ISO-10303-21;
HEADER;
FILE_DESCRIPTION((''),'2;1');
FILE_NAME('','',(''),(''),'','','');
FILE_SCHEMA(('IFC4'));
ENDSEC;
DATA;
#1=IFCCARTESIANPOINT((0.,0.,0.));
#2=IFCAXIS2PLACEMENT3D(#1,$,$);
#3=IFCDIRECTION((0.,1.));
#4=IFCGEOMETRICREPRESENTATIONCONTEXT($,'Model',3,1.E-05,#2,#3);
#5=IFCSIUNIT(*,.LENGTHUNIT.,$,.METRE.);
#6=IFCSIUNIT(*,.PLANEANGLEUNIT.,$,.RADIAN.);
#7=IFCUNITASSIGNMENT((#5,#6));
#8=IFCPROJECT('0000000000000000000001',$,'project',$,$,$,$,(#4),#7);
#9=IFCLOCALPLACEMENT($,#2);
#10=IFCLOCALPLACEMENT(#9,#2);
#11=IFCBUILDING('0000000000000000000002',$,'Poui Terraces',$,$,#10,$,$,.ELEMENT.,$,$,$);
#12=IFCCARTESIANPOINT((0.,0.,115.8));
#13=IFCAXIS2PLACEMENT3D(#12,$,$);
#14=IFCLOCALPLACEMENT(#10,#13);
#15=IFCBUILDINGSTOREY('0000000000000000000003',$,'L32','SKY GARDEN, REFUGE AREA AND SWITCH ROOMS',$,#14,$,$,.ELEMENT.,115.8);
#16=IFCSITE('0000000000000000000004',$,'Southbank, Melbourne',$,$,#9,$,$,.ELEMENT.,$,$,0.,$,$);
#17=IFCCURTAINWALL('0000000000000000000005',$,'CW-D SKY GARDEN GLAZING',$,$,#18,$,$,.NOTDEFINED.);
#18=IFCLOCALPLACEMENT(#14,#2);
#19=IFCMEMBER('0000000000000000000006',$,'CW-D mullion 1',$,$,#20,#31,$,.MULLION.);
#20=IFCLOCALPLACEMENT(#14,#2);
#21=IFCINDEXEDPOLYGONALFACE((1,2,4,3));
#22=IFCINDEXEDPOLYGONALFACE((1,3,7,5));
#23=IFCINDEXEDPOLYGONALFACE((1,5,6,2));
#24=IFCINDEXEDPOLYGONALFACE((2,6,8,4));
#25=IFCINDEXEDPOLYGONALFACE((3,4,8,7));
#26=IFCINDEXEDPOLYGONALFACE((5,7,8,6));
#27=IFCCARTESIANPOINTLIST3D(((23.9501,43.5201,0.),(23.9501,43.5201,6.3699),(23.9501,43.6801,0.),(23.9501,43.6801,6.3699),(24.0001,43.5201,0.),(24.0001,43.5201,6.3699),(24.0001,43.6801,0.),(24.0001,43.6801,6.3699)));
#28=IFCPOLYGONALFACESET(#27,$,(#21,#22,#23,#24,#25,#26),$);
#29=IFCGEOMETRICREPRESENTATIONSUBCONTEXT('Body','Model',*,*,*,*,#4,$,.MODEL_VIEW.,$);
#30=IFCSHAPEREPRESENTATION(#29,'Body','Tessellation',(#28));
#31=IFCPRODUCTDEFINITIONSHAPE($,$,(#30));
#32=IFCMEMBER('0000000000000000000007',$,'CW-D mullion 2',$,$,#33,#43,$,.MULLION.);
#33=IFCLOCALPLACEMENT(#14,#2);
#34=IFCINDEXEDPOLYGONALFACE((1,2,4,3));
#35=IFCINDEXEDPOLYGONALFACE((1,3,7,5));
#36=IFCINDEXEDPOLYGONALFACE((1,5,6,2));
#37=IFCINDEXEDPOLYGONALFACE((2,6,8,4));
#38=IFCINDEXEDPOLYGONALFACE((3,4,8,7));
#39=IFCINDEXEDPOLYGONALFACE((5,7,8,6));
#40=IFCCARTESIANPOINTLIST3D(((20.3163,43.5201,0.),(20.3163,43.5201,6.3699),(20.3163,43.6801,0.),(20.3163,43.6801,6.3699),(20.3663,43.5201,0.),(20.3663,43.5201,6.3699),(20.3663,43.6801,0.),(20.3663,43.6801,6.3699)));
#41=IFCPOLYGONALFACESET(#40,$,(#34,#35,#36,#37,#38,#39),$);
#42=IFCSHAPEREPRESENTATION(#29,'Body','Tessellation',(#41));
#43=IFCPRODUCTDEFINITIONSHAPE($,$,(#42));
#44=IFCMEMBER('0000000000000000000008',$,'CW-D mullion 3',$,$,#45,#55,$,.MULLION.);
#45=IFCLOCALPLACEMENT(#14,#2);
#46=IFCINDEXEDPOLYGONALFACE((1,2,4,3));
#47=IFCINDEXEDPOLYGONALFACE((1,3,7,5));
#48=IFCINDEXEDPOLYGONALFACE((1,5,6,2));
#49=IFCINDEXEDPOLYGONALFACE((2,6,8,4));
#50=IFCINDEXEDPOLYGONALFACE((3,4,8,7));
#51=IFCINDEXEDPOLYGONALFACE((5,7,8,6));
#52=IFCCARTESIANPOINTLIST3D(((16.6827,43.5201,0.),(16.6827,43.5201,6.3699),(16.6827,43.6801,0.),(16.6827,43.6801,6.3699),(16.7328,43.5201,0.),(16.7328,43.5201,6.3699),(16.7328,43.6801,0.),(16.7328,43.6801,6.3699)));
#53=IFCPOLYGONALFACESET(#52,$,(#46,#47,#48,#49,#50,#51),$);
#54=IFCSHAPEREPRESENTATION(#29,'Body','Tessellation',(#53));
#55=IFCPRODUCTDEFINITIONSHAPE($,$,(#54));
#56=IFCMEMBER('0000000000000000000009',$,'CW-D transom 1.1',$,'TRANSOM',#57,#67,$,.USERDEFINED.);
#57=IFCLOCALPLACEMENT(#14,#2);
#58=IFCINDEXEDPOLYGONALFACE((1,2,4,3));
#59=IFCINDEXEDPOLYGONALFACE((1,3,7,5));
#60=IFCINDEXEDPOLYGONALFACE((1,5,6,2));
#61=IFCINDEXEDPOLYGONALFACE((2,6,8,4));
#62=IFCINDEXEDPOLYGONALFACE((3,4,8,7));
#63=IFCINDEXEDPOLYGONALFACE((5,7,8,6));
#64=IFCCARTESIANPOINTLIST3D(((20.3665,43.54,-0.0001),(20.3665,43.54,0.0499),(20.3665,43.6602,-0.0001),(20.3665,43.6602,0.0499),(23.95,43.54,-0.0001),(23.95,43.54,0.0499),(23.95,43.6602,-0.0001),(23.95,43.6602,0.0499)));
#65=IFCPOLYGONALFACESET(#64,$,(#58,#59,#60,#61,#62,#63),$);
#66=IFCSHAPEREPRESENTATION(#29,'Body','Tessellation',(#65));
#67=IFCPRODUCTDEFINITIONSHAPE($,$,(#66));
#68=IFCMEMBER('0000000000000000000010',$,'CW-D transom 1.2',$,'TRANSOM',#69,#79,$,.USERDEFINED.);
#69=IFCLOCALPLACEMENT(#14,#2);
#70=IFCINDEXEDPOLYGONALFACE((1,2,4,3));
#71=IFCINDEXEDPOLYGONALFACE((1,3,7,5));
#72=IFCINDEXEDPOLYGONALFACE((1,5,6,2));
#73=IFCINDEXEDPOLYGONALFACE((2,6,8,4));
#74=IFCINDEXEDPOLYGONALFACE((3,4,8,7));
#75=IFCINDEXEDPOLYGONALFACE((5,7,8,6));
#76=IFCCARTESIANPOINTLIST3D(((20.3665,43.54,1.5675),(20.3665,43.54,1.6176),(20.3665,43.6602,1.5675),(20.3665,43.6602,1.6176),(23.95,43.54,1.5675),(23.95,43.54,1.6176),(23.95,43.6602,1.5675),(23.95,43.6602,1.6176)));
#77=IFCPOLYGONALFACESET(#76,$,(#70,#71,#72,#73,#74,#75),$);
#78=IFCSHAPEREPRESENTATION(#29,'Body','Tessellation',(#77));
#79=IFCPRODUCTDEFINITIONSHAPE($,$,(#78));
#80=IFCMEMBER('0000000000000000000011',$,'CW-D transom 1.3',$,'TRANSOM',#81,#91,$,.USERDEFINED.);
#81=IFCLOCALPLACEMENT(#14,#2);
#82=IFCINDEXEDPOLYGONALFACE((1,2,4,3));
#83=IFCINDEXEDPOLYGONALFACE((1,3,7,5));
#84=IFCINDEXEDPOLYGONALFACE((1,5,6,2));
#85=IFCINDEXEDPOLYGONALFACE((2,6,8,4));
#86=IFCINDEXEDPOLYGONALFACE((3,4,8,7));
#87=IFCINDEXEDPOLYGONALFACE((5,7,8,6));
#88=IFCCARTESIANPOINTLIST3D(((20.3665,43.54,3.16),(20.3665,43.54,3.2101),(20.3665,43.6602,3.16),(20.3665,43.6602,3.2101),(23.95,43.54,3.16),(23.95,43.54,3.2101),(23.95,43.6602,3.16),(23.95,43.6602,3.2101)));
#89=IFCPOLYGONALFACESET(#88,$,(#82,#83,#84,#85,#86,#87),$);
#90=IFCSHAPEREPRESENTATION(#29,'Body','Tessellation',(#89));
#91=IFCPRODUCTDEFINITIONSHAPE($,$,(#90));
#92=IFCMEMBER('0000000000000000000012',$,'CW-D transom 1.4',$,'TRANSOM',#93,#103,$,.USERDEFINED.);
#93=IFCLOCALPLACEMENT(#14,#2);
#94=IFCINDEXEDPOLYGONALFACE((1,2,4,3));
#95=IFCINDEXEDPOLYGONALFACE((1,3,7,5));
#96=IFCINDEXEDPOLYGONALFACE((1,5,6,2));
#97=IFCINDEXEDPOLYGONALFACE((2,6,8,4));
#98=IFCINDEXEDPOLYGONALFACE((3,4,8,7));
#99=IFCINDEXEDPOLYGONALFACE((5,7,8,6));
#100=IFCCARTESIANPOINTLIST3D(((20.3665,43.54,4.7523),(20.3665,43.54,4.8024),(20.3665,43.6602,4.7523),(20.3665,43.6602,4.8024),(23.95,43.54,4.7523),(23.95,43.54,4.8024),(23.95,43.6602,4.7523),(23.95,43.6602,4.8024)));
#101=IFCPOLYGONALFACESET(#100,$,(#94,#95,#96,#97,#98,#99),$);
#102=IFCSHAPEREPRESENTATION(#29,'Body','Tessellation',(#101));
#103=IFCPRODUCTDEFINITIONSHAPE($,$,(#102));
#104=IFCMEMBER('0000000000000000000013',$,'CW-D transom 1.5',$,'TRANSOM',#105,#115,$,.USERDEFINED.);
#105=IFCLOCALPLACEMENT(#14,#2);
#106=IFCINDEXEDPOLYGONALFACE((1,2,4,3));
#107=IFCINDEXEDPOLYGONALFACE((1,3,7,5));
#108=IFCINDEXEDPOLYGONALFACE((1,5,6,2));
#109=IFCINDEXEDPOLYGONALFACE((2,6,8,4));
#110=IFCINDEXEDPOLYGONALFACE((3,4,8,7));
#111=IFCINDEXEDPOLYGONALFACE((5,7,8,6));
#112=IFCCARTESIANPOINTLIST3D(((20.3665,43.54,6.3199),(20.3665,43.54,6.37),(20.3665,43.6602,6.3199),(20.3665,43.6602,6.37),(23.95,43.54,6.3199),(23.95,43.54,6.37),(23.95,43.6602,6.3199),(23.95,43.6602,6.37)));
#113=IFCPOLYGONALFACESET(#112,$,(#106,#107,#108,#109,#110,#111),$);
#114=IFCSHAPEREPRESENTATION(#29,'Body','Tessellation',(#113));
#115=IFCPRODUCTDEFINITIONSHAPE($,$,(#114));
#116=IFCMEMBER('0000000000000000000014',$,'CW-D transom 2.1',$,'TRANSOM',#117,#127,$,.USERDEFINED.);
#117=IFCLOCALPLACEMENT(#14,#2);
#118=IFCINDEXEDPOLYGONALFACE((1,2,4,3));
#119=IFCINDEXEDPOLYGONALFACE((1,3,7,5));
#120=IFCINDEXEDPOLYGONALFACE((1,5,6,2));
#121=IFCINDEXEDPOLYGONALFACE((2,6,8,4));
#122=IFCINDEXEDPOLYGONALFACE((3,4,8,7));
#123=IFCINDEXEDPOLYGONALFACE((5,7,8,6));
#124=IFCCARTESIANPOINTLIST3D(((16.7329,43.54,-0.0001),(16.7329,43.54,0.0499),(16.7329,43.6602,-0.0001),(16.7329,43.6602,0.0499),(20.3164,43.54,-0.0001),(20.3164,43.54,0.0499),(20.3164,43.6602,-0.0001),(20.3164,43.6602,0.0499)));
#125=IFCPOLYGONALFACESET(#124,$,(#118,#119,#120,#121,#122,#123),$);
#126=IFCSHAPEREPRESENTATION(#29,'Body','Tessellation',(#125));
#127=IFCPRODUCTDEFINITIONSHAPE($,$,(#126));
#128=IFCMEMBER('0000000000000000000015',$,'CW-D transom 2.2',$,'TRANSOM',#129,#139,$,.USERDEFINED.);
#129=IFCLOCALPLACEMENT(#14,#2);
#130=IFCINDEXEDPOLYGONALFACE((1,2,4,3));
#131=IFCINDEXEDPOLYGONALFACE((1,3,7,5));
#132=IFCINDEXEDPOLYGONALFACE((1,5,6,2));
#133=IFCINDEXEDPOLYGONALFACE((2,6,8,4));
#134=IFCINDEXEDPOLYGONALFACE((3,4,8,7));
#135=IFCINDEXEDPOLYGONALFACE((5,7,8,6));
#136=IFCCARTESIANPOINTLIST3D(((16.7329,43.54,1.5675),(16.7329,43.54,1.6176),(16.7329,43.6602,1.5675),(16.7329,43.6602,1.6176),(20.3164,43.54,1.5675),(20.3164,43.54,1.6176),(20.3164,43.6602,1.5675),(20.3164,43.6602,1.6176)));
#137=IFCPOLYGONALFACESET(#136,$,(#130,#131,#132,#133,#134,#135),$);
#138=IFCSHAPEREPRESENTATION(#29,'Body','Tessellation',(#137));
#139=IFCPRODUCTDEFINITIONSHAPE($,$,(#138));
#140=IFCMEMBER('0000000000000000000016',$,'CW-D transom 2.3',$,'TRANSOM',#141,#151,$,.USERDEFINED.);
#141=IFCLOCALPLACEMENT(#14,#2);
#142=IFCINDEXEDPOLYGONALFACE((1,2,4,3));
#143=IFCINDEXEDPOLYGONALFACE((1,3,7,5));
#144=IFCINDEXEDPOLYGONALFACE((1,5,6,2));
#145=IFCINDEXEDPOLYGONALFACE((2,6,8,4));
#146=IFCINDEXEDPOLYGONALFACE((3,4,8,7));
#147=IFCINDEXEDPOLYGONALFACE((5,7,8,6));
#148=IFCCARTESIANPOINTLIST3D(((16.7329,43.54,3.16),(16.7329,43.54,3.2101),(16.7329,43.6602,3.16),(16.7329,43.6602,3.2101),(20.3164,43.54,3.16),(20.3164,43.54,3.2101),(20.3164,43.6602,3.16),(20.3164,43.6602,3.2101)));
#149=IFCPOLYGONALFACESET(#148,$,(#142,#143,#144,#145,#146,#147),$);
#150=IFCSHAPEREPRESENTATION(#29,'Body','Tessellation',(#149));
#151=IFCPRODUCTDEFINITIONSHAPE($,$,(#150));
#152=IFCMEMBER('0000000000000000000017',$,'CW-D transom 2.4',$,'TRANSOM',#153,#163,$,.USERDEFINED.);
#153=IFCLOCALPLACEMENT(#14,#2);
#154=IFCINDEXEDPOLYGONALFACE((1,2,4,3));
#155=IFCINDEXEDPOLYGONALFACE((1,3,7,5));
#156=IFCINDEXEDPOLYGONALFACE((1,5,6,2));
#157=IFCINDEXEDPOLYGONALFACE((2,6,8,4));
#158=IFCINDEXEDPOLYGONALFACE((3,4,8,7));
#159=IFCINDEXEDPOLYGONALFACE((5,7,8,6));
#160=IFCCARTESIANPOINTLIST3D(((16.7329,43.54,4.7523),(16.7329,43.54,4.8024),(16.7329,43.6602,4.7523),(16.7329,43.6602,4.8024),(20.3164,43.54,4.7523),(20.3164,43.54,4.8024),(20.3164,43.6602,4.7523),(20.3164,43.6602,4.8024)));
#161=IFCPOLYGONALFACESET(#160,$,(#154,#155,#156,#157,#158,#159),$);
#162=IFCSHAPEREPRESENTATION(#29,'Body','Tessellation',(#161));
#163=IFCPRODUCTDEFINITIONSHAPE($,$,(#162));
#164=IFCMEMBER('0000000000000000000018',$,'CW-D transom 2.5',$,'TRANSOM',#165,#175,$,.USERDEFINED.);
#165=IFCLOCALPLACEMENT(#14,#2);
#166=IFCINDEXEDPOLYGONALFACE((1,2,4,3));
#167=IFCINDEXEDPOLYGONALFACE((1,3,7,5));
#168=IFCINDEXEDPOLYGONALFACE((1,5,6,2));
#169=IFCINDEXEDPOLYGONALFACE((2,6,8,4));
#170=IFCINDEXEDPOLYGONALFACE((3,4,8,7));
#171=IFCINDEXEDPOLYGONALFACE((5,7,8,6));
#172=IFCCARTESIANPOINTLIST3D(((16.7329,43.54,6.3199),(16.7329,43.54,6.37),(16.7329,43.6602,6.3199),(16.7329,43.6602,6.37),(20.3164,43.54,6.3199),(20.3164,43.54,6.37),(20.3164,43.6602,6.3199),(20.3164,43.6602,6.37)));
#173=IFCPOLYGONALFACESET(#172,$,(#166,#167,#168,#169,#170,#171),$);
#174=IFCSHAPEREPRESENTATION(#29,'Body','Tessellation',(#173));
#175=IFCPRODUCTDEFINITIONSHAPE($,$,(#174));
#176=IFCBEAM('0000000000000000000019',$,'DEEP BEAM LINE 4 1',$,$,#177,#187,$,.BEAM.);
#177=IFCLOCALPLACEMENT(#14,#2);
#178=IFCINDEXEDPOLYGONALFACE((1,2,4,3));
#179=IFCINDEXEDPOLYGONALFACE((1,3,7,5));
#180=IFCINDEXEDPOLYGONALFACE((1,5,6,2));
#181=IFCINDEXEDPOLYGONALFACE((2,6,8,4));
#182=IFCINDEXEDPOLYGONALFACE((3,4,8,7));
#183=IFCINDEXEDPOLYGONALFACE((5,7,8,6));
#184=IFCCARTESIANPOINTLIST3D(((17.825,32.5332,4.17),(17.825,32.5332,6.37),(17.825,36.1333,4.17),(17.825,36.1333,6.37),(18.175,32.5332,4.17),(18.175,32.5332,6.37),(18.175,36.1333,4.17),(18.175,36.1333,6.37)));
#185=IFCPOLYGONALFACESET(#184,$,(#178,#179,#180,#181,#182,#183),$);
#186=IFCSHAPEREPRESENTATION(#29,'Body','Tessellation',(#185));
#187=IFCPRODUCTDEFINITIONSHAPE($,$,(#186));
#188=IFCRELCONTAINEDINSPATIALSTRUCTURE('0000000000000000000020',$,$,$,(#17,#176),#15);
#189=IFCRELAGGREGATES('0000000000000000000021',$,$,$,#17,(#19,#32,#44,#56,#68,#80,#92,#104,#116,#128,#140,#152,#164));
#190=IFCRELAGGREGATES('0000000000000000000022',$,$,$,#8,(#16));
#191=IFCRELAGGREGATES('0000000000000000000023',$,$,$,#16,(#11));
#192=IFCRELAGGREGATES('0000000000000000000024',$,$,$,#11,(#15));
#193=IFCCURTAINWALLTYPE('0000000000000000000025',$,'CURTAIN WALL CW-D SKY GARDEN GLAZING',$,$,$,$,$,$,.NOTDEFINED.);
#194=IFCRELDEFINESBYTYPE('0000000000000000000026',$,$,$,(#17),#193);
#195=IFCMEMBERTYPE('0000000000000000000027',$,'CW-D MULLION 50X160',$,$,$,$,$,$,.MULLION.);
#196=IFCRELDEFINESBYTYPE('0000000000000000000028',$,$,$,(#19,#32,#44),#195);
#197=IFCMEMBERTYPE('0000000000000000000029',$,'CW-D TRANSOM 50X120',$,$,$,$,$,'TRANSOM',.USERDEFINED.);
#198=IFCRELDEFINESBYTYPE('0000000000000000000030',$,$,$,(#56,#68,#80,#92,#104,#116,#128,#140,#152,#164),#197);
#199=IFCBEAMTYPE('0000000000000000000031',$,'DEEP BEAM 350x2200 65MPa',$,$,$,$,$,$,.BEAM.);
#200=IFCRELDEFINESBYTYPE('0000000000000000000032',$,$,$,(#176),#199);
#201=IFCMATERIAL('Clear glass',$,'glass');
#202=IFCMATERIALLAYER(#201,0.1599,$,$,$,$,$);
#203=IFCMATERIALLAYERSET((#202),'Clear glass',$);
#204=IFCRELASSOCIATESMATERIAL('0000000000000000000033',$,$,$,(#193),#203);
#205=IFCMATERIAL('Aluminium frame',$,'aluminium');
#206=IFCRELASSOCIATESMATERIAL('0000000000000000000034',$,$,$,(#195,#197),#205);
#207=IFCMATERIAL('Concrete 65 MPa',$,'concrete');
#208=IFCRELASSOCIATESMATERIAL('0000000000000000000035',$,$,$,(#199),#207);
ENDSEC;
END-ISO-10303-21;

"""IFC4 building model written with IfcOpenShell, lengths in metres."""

from ifc_helpers import new_model, si_unit, direction, frame, origin, origin_2d, place, context, subcontext, project, spatial, rectangle, extrude, source, transform, mapped, material, layer, layer_set, material_profile, profile_set, type_object, element, aggregate, save


model = new_model("IFC4")

# Units and contexts
model_context = context("Model", 3, precision=1e-05, world=origin(), true_north=direction((0.0, 1.0)))
body_context = subcontext(model_context, "Body", "Model", "MODEL_VIEW")
ifc_project = project(units=[si_unit("LENGTHUNIT", "METRE"), si_unit("PLANEANGLEUNIT", "RADIAN")], contexts=[model_context])

# Site, building, storey
site_placement = place(None, origin())
site = spatial("IfcSite", under=ifc_project, at=site_placement, Name="Southbank, Melbourne", CompositionType="ELEMENT", RefElevation=0.0)
building_placement = place(site_placement, origin())
building = spatial("IfcBuilding", under=site, at=building_placement, Name="Poui Terraces", CompositionType="ELEMENT")
storey_placement = place(building_placement, frame((0.0, 0.0, 115.8)))
storey = spatial("IfcBuildingStorey", under=building, at=storey_placement, Name="L32", Description="SKY GARDEN, REFUGE AREA AND SWITCH ROOMS", CompositionType="ELEMENT", Elevation=115.8)

# Curtain wall, members
ifc_material_1 = material(Name="Clear glass", Category="glass")
ifc_layer_1 = layer(ifc_material_1, 0.1599)
ifc_layer_set_1 = layer_set([ifc_layer_1], Name="Clear glass")
curtain_wall_type = type_object("IfcCurtainWallType", Name="CURTAIN WALL CW-D SKY GARDEN GLAZING", PredefinedType="NOTDEFINED", material=ifc_layer_set_1)
curtain_wall_placement = place(storey_placement, origin())
curtain_wall = element("IfcCurtainWall", 1, at=curtain_wall_placement, inside=storey, type_object=curtain_wall_type, Name="CW-D SKY GARDEN GLAZING", PredefinedType="NOTDEFINED")
ifc_material_2 = material(Name="Aluminium frame", Category="aluminium")
ifc_material_profile_1 = material_profile(ifc_material_2, rectangle(XDim=0.1599, YDim=0.05, at=origin_2d()), Name="CW-D MULLION 50X160")
ifc_profile_set_1 = profile_set([ifc_material_profile_1], Name="Aluminium frame")
member_type_1 = type_object("IfcMemberType", Name="CW-D MULLION 50X160", PredefinedType="MULLION", material=ifc_profile_set_1)
member_1_placement = place(storey_placement, frame((23.9751, 43.6001, 0.0), z_axis=(0.0, 0.0, 1.0), x_axis=(0.0, -1.0, 0.0)))
member_1 = element("IfcMember", 2, at=member_1_placement, type_object=member_type_1, Name="CW-D mullion 1", PredefinedType="MULLION", context=body_context, shape_type="SweptSolid", body=[
    extrude(rectangle(XDim=0.1599, YDim=0.05, at=origin_2d()), origin(), (0.0, 0.0, 1.0), 6.3699),
])
member_2_placement = place(storey_placement, frame((20.3413, 43.6001, 0.0), z_axis=(0.0, 0.0, 1.0), x_axis=(0.0, -1.0, 0.0)))
member_2 = element("IfcMember", 3, at=member_2_placement, type_object=member_type_1, Name="CW-D mullion 2", PredefinedType="MULLION", context=body_context, shape_type="SweptSolid", body=[
    extrude(rectangle(XDim=0.1599, YDim=0.05, at=origin_2d()), origin(), (0.0, 0.0, 1.0), 6.3699),
])
member_3_placement = place(storey_placement, frame((16.7078, 43.6001, 0.0), z_axis=(0.0, 0.0, 1.0), x_axis=(0.0, -1.0, 0.0)))
member_3 = element("IfcMember", 4, at=member_3_placement, type_object=member_type_1, Name="CW-D mullion 3", PredefinedType="MULLION", context=body_context, shape_type="SweptSolid", body=[
    extrude(rectangle(XDim=0.1599, YDim=0.05, at=origin_2d()), origin(), (0.0, 0.0, 1.0), 6.3699),
])
ifc_material_profile_2 = material_profile(ifc_material_2, rectangle(XDim=0.1201, YDim=0.05, at=origin_2d()), Name="CW-D TRANSOM 50X120")
ifc_profile_set_2 = profile_set([ifc_material_profile_2], Name="Aluminium frame")
member_type_2 = type_object("IfcMemberType", Name="CW-D TRANSOM 50X120", ElementType="TRANSOM", PredefinedType="USERDEFINED", material=ifc_profile_set_2)
member_4_placement = place(storey_placement, frame((23.95, 43.6001, 0.0249), z_axis=(-1.0, 0.0, 0.0), x_axis=(0.0, -1.0, 0.0)))
member_4 = element("IfcMember", 5, at=member_4_placement, type_object=member_type_2, Name="CW-D transom 1.1", ObjectType="TRANSOM", PredefinedType="USERDEFINED", context=body_context, shape_type="SweptSolid", body=[
    extrude(rectangle(XDim=0.1201, YDim=0.05, at=origin_2d()), origin(), (0.0, 0.0, 1.0), 3.5835),
])
member_5_placement = place(storey_placement, frame((23.95, 43.6001, 1.5925), z_axis=(-1.0, 0.0, 0.0), x_axis=(0.0, -1.0, 0.0)))
member_5 = element("IfcMember", 6, at=member_5_placement, type_object=member_type_2, Name="CW-D transom 1.2", ObjectType="TRANSOM", PredefinedType="USERDEFINED", context=body_context, shape_type="SweptSolid", body=[
    extrude(rectangle(XDim=0.1201, YDim=0.05, at=origin_2d()), origin(), (0.0, 0.0, 1.0), 3.5835),
])
member_6_placement = place(storey_placement, frame((23.95, 43.6001, 3.1851), z_axis=(-1.0, 0.0, 0.0), x_axis=(0.0, -1.0, 0.0)))
member_6 = element("IfcMember", 7, at=member_6_placement, type_object=member_type_2, Name="CW-D transom 1.3", ObjectType="TRANSOM", PredefinedType="USERDEFINED", context=body_context, shape_type="SweptSolid", body=[
    extrude(rectangle(XDim=0.1201, YDim=0.05, at=origin_2d()), origin(), (0.0, 0.0, 1.0), 3.5835),
])
member_7_placement = place(storey_placement, frame((23.95, 43.6001, 4.7773), z_axis=(-1.0, 0.0, 0.0), x_axis=(0.0, -1.0, 0.0)))
member_7 = element("IfcMember", 8, at=member_7_placement, type_object=member_type_2, Name="CW-D transom 1.4", ObjectType="TRANSOM", PredefinedType="USERDEFINED", context=body_context, shape_type="SweptSolid", body=[
    extrude(rectangle(XDim=0.1201, YDim=0.05, at=origin_2d()), origin(), (0.0, 0.0, 1.0), 3.5835),
])
member_8_placement = place(storey_placement, frame((23.95, 43.6001, 6.345), z_axis=(-1.0, 0.0, 0.0), x_axis=(0.0, -1.0, 0.0)))
member_8 = element("IfcMember", 9, at=member_8_placement, type_object=member_type_2, Name="CW-D transom 1.5", ObjectType="TRANSOM", PredefinedType="USERDEFINED", context=body_context, shape_type="SweptSolid", body=[
    extrude(rectangle(XDim=0.1201, YDim=0.05, at=origin_2d()), origin(), (0.0, 0.0, 1.0), 3.5835),
])
member_9_placement = place(storey_placement, frame((20.3164, 43.6001, 0.0249), z_axis=(-1.0, 0.0, 0.0), x_axis=(0.0, -1.0, 0.0)))
member_9 = element("IfcMember", 10, at=member_9_placement, type_object=member_type_2, Name="CW-D transom 2.1", ObjectType="TRANSOM", PredefinedType="USERDEFINED", context=body_context, shape_type="SweptSolid", body=[
    extrude(rectangle(XDim=0.1201, YDim=0.05, at=origin_2d()), origin(), (0.0, 0.0, 1.0), 3.5835),
])
member_10_placement = place(storey_placement, frame((20.3164, 43.6001, 1.5925), z_axis=(-1.0, 0.0, 0.0), x_axis=(0.0, -1.0, 0.0)))
member_10 = element("IfcMember", 11, at=member_10_placement, type_object=member_type_2, Name="CW-D transom 2.2", ObjectType="TRANSOM", PredefinedType="USERDEFINED", context=body_context, shape_type="SweptSolid", body=[
    extrude(rectangle(XDim=0.1201, YDim=0.05, at=origin_2d()), origin(), (0.0, 0.0, 1.0), 3.5835),
])
member_11_placement = place(storey_placement, frame((20.3164, 43.6001, 3.1851), z_axis=(-1.0, 0.0, 0.0), x_axis=(0.0, -1.0, 0.0)))
member_11 = element("IfcMember", 12, at=member_11_placement, type_object=member_type_2, Name="CW-D transom 2.3", ObjectType="TRANSOM", PredefinedType="USERDEFINED", context=body_context, shape_type="SweptSolid", body=[
    extrude(rectangle(XDim=0.1201, YDim=0.05, at=origin_2d()), origin(), (0.0, 0.0, 1.0), 3.5835),
])
member_12_placement = place(storey_placement, frame((20.3164, 43.6001, 4.7773), z_axis=(-1.0, 0.0, 0.0), x_axis=(0.0, -1.0, 0.0)))
member_12 = element("IfcMember", 13, at=member_12_placement, type_object=member_type_2, Name="CW-D transom 2.4", ObjectType="TRANSOM", PredefinedType="USERDEFINED", context=body_context, shape_type="SweptSolid", body=[
    extrude(rectangle(XDim=0.1201, YDim=0.05, at=origin_2d()), origin(), (0.0, 0.0, 1.0), 3.5835),
])
member_13_placement = place(storey_placement, frame((20.3164, 43.6001, 6.345), z_axis=(-1.0, 0.0, 0.0), x_axis=(0.0, -1.0, 0.0)))
member_13 = element("IfcMember", 14, at=member_13_placement, type_object=member_type_2, Name="CW-D transom 2.5", ObjectType="TRANSOM", PredefinedType="USERDEFINED", context=body_context, shape_type="SweptSolid", body=[
    extrude(rectangle(XDim=0.1201, YDim=0.05, at=origin_2d()), origin(), (0.0, 0.0, 1.0), 3.5835),
])

# Beam
ifc_material_3 = material(Name="Concrete 65 MPa", Category="concrete")
ifc_material_profile_3 = material_profile(ifc_material_3, rectangle(XDim=0.3501, YDim=2.2, at=origin_2d()), Name="RC 350x2200")
ifc_profile_set_3 = profile_set([ifc_material_profile_3], Name="Concrete 65 MPa")
beam_type = type_object("IfcBeamType", Name="DEEP BEAM 350x2200 65MPa", PredefinedType="BEAM", material=ifc_profile_set_3)
shared_shape_1 = source(origin(), body_context, "Body", "SweptSolid", [
    extrude(rectangle(XDim=0.3501, YDim=2.2, at=origin_2d()), origin(), (0.0, 0.0, 1.0), 3.6001),
])
beam_1_placement = place(storey_placement, frame((18.0, 32.5332, 5.27), z_axis=(0.0, 1.0, 0.0), x_axis=(-1.0, 0.0, 0.0)))
element("IfcBeam", 15, at=beam_1_placement, inside=storey, type_object=beam_type, Name="DEEP BEAM LINE 4 1", PredefinedType="BEAM", context=body_context, shape_type="MappedRepresentation", body=[
    mapped(shared_shape_1, transform((0.0, 0.0, 0.0))),
])

aggregate(curtain_wall, [member_1, member_2, member_3, member_4, member_5, member_6, member_7, member_8, member_9, member_10, member_11, member_12, member_13])

save(model, "model.ifc")
